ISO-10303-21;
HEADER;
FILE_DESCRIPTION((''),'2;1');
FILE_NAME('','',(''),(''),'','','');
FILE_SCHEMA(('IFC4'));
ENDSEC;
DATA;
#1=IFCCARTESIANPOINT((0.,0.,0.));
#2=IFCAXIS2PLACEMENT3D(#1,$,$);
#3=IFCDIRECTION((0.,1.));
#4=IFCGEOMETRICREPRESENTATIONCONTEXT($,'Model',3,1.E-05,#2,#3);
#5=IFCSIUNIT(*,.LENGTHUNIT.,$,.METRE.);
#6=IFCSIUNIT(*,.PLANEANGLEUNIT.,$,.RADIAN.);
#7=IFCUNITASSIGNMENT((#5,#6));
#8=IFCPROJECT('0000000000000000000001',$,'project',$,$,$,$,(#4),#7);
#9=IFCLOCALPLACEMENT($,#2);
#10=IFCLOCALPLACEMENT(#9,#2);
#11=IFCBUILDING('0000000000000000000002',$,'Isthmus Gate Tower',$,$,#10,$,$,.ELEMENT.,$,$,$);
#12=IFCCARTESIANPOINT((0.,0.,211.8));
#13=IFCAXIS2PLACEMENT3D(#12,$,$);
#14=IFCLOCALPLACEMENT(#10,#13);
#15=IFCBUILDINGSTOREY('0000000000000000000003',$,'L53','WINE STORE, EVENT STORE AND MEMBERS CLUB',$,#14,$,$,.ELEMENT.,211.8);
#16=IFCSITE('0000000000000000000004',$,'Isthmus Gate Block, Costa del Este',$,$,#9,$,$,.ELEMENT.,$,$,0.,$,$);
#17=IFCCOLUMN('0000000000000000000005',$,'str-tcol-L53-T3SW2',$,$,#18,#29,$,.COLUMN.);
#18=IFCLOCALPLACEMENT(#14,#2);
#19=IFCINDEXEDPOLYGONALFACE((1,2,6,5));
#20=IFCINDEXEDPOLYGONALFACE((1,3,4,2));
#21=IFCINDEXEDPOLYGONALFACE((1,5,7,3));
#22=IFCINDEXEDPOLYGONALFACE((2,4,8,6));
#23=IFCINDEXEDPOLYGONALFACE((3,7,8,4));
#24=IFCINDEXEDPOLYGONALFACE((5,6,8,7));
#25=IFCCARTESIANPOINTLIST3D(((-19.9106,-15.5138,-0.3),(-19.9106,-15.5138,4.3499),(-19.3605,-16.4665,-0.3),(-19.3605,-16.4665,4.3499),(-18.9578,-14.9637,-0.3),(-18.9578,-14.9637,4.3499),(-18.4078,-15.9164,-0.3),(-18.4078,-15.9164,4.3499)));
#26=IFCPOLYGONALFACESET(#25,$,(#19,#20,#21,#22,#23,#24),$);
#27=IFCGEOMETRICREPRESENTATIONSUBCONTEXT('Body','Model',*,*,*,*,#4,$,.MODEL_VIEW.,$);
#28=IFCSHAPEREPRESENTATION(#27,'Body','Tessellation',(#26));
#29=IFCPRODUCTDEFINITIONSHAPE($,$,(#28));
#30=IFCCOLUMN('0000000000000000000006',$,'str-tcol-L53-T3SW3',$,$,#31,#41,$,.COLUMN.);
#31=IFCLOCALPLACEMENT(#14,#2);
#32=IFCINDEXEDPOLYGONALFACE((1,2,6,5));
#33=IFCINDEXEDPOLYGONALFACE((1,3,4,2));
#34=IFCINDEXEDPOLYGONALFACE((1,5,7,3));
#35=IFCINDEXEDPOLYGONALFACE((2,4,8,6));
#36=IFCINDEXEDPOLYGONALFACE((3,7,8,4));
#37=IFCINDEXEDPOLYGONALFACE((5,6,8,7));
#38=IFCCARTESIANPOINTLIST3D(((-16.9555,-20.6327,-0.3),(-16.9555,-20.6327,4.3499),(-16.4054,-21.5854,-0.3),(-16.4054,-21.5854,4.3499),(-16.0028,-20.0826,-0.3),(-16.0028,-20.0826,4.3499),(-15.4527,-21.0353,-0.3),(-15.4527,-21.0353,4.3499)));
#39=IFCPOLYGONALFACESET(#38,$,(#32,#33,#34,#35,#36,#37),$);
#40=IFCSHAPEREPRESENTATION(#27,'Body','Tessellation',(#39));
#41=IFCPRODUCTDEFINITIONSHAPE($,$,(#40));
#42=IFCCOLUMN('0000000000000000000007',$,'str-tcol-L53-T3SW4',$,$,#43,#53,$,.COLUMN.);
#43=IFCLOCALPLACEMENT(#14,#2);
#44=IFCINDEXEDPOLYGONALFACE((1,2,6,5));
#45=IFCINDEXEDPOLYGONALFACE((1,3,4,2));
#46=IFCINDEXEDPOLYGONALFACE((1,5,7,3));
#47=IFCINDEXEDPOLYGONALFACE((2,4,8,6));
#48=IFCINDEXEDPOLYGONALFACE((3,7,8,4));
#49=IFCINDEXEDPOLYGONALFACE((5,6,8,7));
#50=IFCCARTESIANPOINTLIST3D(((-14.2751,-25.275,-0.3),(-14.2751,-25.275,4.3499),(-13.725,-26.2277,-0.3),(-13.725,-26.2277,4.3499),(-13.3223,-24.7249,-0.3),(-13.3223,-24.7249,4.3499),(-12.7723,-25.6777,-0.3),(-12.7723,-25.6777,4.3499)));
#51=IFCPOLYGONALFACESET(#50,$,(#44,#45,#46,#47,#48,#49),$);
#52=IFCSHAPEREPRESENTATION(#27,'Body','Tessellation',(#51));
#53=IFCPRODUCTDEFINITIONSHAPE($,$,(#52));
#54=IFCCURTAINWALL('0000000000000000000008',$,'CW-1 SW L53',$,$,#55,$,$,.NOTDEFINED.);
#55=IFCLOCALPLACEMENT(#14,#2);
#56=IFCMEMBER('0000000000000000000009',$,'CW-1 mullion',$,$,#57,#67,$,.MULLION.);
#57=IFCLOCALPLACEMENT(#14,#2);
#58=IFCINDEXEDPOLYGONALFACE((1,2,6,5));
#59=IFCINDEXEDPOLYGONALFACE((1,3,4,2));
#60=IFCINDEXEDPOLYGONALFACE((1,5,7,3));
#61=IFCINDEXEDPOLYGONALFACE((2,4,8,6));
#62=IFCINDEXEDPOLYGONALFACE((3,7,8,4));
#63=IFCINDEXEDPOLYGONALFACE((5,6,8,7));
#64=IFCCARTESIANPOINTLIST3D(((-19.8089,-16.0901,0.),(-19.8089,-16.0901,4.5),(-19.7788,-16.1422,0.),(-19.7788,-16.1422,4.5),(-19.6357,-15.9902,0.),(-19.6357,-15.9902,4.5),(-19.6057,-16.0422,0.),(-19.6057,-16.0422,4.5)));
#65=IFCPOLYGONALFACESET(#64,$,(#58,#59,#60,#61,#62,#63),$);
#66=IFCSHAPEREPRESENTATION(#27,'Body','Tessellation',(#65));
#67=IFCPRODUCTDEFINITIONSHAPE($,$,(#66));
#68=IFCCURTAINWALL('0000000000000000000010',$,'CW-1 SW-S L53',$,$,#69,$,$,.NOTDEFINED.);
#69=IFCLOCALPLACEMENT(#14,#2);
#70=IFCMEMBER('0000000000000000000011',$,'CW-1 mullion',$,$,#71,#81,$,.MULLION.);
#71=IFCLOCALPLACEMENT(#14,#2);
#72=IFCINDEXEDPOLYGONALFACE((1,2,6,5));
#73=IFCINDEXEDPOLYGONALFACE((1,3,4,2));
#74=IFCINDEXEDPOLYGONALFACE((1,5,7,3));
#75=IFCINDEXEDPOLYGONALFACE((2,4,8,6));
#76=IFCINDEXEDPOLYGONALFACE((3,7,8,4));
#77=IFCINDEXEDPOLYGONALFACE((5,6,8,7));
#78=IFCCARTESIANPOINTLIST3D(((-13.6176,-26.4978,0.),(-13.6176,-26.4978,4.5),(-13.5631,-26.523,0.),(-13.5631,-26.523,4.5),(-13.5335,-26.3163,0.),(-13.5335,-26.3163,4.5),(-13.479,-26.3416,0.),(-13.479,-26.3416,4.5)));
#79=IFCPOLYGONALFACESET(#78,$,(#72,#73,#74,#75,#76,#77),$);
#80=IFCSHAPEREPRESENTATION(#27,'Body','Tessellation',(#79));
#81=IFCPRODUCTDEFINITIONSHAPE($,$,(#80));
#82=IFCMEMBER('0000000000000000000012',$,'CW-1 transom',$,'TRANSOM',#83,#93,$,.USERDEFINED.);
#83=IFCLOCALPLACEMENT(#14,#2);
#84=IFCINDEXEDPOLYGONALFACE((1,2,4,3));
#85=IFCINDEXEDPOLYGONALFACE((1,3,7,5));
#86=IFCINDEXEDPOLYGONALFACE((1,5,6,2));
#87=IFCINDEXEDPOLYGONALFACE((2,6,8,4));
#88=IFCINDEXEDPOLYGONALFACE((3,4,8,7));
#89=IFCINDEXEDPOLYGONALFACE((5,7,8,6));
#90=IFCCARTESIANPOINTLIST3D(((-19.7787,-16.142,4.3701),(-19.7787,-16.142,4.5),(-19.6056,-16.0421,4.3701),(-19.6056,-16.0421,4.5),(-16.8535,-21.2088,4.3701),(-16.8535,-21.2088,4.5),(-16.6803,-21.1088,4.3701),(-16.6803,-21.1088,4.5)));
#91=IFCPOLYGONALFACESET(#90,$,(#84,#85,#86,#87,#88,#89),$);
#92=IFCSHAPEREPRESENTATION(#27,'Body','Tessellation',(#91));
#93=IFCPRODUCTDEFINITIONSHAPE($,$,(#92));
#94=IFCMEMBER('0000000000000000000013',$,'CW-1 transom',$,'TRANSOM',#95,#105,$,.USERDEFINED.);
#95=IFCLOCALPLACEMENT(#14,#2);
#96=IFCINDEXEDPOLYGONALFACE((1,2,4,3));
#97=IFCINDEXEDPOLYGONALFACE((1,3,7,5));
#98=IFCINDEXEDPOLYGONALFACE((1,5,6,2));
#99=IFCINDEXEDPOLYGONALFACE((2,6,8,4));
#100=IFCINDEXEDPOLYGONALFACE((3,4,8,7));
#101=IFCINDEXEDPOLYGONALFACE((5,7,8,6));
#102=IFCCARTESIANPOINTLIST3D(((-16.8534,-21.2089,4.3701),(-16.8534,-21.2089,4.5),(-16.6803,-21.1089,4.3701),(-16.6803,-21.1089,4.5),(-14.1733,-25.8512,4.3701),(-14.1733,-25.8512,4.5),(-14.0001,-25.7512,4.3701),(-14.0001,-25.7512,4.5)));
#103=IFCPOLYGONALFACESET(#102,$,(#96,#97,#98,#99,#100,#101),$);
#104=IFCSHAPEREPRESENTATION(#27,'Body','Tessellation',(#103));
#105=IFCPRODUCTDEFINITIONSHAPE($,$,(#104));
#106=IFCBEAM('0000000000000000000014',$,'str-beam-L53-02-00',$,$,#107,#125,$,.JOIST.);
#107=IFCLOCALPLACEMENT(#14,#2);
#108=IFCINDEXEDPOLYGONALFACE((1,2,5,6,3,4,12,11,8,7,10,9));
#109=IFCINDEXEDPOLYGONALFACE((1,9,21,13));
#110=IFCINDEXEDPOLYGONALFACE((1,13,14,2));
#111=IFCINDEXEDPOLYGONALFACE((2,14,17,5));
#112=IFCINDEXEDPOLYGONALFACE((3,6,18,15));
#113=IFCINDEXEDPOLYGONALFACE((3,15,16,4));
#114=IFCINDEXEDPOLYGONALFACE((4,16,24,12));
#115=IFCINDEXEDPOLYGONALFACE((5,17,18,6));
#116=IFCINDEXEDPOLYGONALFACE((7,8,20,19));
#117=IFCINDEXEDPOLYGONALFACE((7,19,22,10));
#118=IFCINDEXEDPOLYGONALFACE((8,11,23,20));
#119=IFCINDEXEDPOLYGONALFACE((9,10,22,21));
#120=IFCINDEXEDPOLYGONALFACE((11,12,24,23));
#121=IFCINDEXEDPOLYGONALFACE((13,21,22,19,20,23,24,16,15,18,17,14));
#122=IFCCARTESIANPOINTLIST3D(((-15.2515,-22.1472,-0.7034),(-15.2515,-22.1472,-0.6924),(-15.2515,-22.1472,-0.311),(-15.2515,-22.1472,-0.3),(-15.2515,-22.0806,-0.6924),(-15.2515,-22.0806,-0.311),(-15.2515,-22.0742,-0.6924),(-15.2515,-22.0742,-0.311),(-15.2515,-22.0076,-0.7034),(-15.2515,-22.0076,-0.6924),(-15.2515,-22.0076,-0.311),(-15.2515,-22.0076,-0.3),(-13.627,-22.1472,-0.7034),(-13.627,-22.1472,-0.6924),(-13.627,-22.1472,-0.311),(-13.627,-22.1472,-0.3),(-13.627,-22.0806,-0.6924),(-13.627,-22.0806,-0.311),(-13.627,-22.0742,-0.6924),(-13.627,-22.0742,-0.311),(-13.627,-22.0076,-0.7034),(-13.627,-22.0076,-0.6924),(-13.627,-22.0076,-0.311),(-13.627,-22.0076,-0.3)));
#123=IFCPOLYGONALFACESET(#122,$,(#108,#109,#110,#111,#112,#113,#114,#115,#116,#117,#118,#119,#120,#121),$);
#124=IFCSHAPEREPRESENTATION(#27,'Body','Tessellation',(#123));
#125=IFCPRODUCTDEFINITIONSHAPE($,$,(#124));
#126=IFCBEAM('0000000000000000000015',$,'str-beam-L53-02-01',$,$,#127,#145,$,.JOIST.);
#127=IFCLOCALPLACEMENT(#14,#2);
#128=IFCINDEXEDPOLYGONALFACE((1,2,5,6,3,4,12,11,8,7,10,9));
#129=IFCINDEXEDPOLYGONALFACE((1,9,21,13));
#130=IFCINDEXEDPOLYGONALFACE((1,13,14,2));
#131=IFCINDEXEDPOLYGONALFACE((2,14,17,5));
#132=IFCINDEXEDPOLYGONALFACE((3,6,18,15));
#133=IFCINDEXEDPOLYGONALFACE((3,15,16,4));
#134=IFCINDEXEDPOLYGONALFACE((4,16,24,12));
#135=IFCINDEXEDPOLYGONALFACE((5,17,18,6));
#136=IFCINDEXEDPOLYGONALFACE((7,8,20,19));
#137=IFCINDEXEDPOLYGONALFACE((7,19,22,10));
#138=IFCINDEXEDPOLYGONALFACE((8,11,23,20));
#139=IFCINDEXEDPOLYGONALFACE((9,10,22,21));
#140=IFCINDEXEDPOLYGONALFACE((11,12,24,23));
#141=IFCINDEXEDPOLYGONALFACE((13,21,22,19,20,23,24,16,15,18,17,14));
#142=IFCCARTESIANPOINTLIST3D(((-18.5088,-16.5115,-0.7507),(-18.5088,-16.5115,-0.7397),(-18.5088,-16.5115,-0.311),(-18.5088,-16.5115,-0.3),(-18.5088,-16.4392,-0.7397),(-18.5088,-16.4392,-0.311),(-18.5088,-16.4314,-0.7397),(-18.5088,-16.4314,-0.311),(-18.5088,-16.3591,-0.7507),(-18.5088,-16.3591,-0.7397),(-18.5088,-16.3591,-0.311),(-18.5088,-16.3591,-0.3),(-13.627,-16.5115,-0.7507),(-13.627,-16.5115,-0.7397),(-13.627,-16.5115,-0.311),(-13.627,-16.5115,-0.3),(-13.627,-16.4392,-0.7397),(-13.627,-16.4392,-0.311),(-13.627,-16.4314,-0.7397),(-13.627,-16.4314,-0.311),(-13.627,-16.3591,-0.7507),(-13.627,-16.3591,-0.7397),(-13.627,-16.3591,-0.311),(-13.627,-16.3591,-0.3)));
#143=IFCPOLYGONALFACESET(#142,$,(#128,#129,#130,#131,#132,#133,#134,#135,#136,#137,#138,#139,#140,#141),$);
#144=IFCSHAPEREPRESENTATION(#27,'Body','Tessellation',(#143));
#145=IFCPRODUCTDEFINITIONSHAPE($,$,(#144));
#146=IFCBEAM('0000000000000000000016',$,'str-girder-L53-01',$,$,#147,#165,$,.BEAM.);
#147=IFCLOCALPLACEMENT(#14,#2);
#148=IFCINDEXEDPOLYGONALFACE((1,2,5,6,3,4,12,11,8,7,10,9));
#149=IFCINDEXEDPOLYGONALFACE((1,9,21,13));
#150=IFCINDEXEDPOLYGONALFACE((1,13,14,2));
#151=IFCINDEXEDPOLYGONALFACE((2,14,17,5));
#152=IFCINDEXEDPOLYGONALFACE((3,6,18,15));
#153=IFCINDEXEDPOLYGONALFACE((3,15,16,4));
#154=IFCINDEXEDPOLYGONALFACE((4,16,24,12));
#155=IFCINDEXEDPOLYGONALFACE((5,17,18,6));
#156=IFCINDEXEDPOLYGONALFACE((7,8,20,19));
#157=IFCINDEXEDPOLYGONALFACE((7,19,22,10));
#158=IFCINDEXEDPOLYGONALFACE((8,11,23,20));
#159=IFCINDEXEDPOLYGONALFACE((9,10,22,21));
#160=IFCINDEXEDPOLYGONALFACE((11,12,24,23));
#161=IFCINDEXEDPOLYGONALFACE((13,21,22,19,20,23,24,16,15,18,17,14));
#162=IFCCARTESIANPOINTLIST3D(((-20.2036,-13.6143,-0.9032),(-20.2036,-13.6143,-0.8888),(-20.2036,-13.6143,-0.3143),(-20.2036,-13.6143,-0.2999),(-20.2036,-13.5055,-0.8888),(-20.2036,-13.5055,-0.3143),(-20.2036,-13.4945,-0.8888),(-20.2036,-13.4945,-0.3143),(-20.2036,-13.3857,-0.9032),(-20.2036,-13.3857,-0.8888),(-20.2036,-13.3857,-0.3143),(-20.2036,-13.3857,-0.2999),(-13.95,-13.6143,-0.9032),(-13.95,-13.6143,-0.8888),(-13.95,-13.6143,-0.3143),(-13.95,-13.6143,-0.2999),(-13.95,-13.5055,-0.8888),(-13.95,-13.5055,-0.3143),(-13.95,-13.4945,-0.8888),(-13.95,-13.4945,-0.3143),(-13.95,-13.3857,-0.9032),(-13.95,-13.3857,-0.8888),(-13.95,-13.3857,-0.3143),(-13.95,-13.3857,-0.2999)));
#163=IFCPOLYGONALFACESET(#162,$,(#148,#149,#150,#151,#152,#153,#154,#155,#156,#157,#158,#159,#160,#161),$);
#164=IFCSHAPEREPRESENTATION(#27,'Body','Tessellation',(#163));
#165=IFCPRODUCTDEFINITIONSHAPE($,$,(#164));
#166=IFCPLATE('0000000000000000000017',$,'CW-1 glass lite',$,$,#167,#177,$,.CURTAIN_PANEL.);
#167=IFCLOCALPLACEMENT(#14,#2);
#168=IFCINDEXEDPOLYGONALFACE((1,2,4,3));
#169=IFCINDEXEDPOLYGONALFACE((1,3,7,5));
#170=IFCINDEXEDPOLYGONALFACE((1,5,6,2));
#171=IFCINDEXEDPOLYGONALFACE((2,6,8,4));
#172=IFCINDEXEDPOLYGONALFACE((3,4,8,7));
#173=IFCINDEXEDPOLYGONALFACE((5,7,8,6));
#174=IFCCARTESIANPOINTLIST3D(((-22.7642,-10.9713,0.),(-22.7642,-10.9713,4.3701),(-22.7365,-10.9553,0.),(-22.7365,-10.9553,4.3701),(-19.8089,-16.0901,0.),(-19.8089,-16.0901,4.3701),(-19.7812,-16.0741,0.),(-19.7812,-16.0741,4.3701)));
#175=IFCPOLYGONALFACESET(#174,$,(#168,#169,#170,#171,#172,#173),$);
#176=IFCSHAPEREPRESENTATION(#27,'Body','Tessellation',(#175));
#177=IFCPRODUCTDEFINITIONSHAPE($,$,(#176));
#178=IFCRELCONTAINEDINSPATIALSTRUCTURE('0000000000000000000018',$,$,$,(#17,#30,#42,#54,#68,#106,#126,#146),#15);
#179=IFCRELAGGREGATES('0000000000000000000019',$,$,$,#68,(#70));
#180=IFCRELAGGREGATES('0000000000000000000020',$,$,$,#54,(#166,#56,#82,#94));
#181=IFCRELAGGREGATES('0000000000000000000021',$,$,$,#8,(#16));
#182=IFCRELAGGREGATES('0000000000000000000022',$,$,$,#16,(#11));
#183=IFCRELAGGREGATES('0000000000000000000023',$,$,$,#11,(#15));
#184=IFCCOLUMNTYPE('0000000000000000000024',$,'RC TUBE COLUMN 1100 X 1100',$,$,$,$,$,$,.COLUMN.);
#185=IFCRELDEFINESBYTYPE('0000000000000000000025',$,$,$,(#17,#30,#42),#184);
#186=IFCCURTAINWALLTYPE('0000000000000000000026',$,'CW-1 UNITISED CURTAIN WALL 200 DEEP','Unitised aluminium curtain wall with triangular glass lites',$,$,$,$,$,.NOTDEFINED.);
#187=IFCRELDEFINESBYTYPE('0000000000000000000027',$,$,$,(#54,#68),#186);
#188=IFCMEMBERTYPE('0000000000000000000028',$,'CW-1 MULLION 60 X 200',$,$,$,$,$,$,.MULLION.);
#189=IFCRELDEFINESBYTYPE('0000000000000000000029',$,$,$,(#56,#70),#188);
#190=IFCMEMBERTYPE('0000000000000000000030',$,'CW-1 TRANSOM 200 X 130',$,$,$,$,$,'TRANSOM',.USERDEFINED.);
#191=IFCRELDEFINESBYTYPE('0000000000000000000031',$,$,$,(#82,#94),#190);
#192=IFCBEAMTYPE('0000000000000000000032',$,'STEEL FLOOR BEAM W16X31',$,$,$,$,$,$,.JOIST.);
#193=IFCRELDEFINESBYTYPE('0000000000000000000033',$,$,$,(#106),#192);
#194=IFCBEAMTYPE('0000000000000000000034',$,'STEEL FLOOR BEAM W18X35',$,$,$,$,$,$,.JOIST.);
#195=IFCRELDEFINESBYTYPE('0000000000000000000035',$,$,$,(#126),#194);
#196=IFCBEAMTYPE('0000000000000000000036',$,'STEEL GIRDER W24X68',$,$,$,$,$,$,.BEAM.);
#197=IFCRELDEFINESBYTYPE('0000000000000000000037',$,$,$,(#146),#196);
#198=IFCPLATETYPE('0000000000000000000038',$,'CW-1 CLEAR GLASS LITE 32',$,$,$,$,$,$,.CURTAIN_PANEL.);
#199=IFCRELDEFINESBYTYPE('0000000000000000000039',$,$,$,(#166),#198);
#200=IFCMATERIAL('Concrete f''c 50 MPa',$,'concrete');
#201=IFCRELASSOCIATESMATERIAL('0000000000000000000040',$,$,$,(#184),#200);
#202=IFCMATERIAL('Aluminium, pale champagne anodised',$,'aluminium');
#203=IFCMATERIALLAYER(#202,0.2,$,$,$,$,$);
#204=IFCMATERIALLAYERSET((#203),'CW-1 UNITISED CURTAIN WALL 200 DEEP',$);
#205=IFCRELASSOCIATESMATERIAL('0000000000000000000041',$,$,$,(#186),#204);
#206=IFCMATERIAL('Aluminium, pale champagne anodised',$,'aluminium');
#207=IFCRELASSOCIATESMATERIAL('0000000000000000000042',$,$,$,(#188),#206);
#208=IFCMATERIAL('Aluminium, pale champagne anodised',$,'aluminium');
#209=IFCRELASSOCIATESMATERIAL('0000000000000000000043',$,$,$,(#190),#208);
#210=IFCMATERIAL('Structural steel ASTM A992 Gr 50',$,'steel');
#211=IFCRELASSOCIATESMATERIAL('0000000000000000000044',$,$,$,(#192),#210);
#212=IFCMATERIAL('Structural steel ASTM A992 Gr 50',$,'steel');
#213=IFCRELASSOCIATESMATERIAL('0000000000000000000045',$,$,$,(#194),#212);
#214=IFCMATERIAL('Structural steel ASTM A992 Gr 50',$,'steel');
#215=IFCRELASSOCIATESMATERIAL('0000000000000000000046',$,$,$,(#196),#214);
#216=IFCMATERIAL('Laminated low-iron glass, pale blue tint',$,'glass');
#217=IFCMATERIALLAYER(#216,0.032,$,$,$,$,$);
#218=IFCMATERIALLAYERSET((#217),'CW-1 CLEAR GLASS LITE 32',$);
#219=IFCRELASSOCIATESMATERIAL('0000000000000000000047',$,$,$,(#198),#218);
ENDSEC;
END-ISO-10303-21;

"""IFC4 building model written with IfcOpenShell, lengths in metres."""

from ifc_helpers import new_model, si_unit, direction, frame, origin, origin_2d, place, context, subcontext, project, spatial, rectangle, i_section, extrude, material, layer, layer_set, material_profile, profile_set, type_object, element, aggregate, save


model = new_model("IFC4")

# Units and contexts
model_context = context("Model", 3, precision=1e-05, world=origin(), true_north=direction((0.0, 1.0)))
body_context = subcontext(model_context, "Body", "Model", "MODEL_VIEW")
ifc_project = project(units=[si_unit("LENGTHUNIT", "METRE"), si_unit("PLANEANGLEUNIT", "RADIAN")], contexts=[model_context])

# Site, building, storey
site_placement = place(None, origin())
site = spatial("IfcSite", under=ifc_project, at=site_placement, Name="Isthmus Gate Block, Costa del Este", CompositionType="ELEMENT", RefElevation=0.0)
building_placement = place(site_placement, origin())
building = spatial("IfcBuilding", under=site, at=building_placement, Name="Isthmus Gate Tower", CompositionType="ELEMENT")
storey_placement = place(building_placement, frame((0.0, 0.0, 211.8)))
storey = spatial("IfcBuildingStorey", under=building, at=storey_placement, Name="L53", Description="WINE STORE, EVENT STORE AND MEMBERS CLUB", CompositionType="ELEMENT", Elevation=211.8)

# Columns
ifc_material_1 = material(Name="Concrete f'c 50 MPa", Category="concrete")
ifc_material_profile_1 = material_profile(ifc_material_1, rectangle(XDim=1.1001, YDim=1.1001, at=origin_2d()), Name="RC 1100X1100")
ifc_profile_set_1 = profile_set([ifc_material_profile_1], Name="Concrete f'c 50 MPa")
column_type = type_object("IfcColumnType", Name="RC TUBE COLUMN 1100 X 1100", PredefinedType="COLUMN", material=ifc_profile_set_1)
for number, where, z_axis, x_axis, name in (
    (1, (-19.1592, -15.7151, -0.3), (0.0, 0.0, 1.0), (0.5, -0.866025, 0.0), "str-tcol-L53-T3SW2"),
    (2, (-16.2041, -20.834, -0.3), (0.0, 0.0, 1.0), (0.5, -0.866025, 0.0), "str-tcol-L53-T3SW3"),
    (3, (-13.5237, -25.4763, -0.3), (0.0, 0.0, 1.0), (0.5, -0.866025, 0.0), "str-tcol-L53-T3SW4"),
):
    element("IfcColumn", number, at=place(storey_placement, frame(where, z_axis=z_axis, x_axis=x_axis)), inside=storey, type_object=column_type, Name=name, PredefinedType="COLUMN", context=body_context, shape_type="SweptSolid", body=[
        extrude(rectangle(XDim=1.1001, YDim=1.1001, at=origin_2d()), origin(), (0.0, 0.0, 1.0), 4.6499),
    ])

# Curtain walls, members
ifc_material_2 = material(Name="Aluminium, pale champagne anodised", Category="aluminium")
ifc_layer_1 = layer(ifc_material_2, 0.2)
ifc_layer_set_1 = layer_set([ifc_layer_1], Name="CW-1 UNITISED CURTAIN WALL 200 DEEP")
curtain_wall_type = type_object("IfcCurtainWallType", Name="CW-1 UNITISED CURTAIN WALL 200 DEEP", Description="Unitised aluminium curtain wall with triangular glass lites", PredefinedType="NOTDEFINED", material=ifc_layer_set_1)
curtain_wall_1_placement = place(storey_placement, origin())
curtain_wall_1 = element("IfcCurtainWall", 4, at=curtain_wall_1_placement, inside=storey, type_object=curtain_wall_type, Name="CW-1 SW L53", PredefinedType="NOTDEFINED")
ifc_material_3 = material(Name="Aluminium, pale champagne anodised", Category="aluminium")
ifc_material_profile_2 = material_profile(ifc_material_3, rectangle(XDim=0.0601, YDim=0.2, at=origin_2d()), Name="60x200")
ifc_profile_set_2 = profile_set([ifc_material_profile_2], Name="Aluminium, pale champagne anodised")
member_type_1 = type_object("IfcMemberType", Name="CW-1 MULLION 60 X 200", PredefinedType="MULLION", material=ifc_profile_set_2)
member_1_placement = place(storey_placement, frame((-19.7073, -16.0662, 0.0), z_axis=(0.0, 0.0, 1.0), x_axis=(0.5, -0.866025, 0.0)))
member_1 = element("IfcMember", 5, at=member_1_placement, type_object=member_type_1, Name="CW-1 mullion", PredefinedType="MULLION", context=body_context, shape_type="SweptSolid", body=[
    extrude(rectangle(XDim=0.0601, YDim=0.2, at=origin_2d()), origin(), (0.0, 0.0, 1.0), 4.5),
])
curtain_wall_2_placement = place(storey_placement, origin())
curtain_wall_2 = element("IfcCurtainWall", 6, at=curtain_wall_2_placement, inside=storey, type_object=curtain_wall_type, Name="CW-1 SW-S L53", PredefinedType="NOTDEFINED")
member_2_placement = place(storey_placement, frame((-13.5483, -26.4197, 0.0), z_axis=(0.0, 0.0, 1.0), x_axis=(0.907256, -0.420578, 0.0)))
member_2 = element("IfcMember", 7, at=member_2_placement, type_object=member_type_1, Name="CW-1 mullion", PredefinedType="MULLION", context=body_context, shape_type="SweptSolid", body=[
    extrude(rectangle(XDim=0.0601, YDim=0.2, at=origin_2d()), origin(), (0.0, 0.0, 1.0), 4.5),
])
aggregate(curtain_wall_2, [member_2])

# Members
ifc_material_4 = material(Name="Aluminium, pale champagne anodised", Category="aluminium")
ifc_material_profile_3 = material_profile(ifc_material_4, rectangle(XDim=0.2, YDim=0.1299, at=origin_2d()), Name="200x130")
ifc_profile_set_3 = profile_set([ifc_material_profile_3], Name="Aluminium, pale champagne anodised")
member_type_2 = type_object("IfcMemberType", Name="CW-1 TRANSOM 200 X 130", ElementType="TRANSOM", PredefinedType="USERDEFINED", material=ifc_profile_set_3)
member_3_placement = place(storey_placement, frame((-19.6921, -16.092, 4.4351), z_axis=(0.49999, -0.866031, 0.0), x_axis=(0.866031, 0.49999, 0.0)))
member_3 = element("IfcMember", 8, at=member_3_placement, type_object=member_type_2, Name="CW-1 transom", ObjectType="TRANSOM", PredefinedType="USERDEFINED", context=body_context, shape_type="SweptSolid", body=[
    extrude(rectangle(XDim=0.2, YDim=0.1299, at=origin_2d()), origin(), (0.0, 0.0, 1.0), 5.8506),
])
member_4_placement = place(storey_placement, frame((-16.7668, -21.1589, 4.4351), z_axis=(0.499989, -0.866032, 0.0), x_axis=(0.866032, 0.499989, 0.0)))
member_4 = element("IfcMember", 9, at=member_4_placement, type_object=member_type_2, Name="CW-1 transom", ObjectType="TRANSOM", PredefinedType="USERDEFINED", context=body_context, shape_type="SweptSolid", body=[
    extrude(rectangle(XDim=0.2, YDim=0.1299, at=origin_2d()), origin(), (0.0, 0.0, 1.0), 5.3604),
])

# Beams
ifc_material_5 = material(Name="Structural steel ASTM A992 Gr 50", Category="steel")
ifc_material_profile_4 = material_profile(ifc_material_5, i_section(OverallWidth=0.1396, OverallDepth=0.4033, WebThickness=0.0063, FlangeThickness=0.011, at=origin_2d()), Name="W16X31")
ifc_profile_set_4 = profile_set([ifc_material_profile_4], Name="Structural steel ASTM A992 Gr 50")
beam_type_1 = type_object("IfcBeamType", Name="STEEL FLOOR BEAM W16X31", PredefinedType="JOIST", material=ifc_profile_set_4)
beam_1_placement = place(storey_placement, frame((-15.2515, -22.0774, -0.5017), z_axis=(1.0, 0.0, 0.0), x_axis=(0.0, 1.0, 0.0)))
element("IfcBeam", 10, at=beam_1_placement, inside=storey, type_object=beam_type_1, Name="str-beam-L53-02-00", PredefinedType="JOIST", context=body_context, shape_type="SweptSolid", body=[
    extrude(i_section(OverallWidth=0.1396, OverallDepth=0.4033, WebThickness=0.0063, FlangeThickness=0.011, at=origin_2d()), origin(), (0.0, 0.0, 1.0), 1.6245),
])
ifc_material_6 = material(Name="Structural steel ASTM A992 Gr 50", Category="steel")
ifc_material_profile_5 = material_profile(ifc_material_6, i_section(OverallWidth=0.1523, OverallDepth=0.4507, WebThickness=0.0078, FlangeThickness=0.011, at=origin_2d()), Name="W18X35")
ifc_profile_set_5 = profile_set([ifc_material_profile_5], Name="Structural steel ASTM A992 Gr 50")
beam_type_2 = type_object("IfcBeamType", Name="STEEL FLOOR BEAM W18X35", PredefinedType="JOIST", material=ifc_profile_set_5)
beam_2_placement = place(storey_placement, frame((-18.5088, -16.4353, -0.5254), z_axis=(1.0, 0.0, 0.0), x_axis=(0.0, 1.0, 0.0)))
element("IfcBeam", 11, at=beam_2_placement, inside=storey, type_object=beam_type_2, Name="str-beam-L53-02-01", PredefinedType="JOIST", context=body_context, shape_type="SweptSolid", body=[
    extrude(i_section(OverallWidth=0.1523, OverallDepth=0.4507, WebThickness=0.0078, FlangeThickness=0.011, at=origin_2d()), origin(), (0.0, 0.0, 1.0), 4.8818),
])
ifc_material_7 = material(Name="Structural steel ASTM A992 Gr 50", Category="steel")
ifc_material_profile_6 = material_profile(ifc_material_7, i_section(OverallWidth=0.2285, OverallDepth=0.6033, WebThickness=0.011, FlangeThickness=0.0144, at=origin_2d()), Name="W24X68")
ifc_profile_set_6 = profile_set([ifc_material_profile_6], Name="Structural steel ASTM A992 Gr 50")
beam_type_3 = type_object("IfcBeamType", Name="STEEL GIRDER W24X68", PredefinedType="BEAM", material=ifc_profile_set_6)
beam_3_placement = place(storey_placement, frame((-20.2036, -13.5, -0.6016), z_axis=(1.0, 0.0, 0.0), x_axis=(0.0, 1.0, 0.0)))
element("IfcBeam", 12, at=beam_3_placement, inside=storey, type_object=beam_type_3, Name="str-girder-L53-01", PredefinedType="BEAM", context=body_context, shape_type="SweptSolid", body=[
    extrude(i_section(OverallWidth=0.2285, OverallDepth=0.6033, WebThickness=0.011, FlangeThickness=0.0144, at=origin_2d()), origin(), (0.0, 0.0, 1.0), 6.2537),
])

# Plate
ifc_material_8 = material(Name="Laminated low-iron glass, pale blue tint", Category="glass")
ifc_layer_2 = layer(ifc_material_8, 0.032)
ifc_layer_set_2 = layer_set([ifc_layer_2], Name="CW-1 CLEAR GLASS LITE 32")
plate_type = type_object("IfcPlateType", Name="CW-1 CLEAR GLASS LITE 32", PredefinedType="CURTAIN_PANEL", material=ifc_layer_set_2)
plate_1_placement = place(storey_placement, frame((-21.2727, -13.5227, 0.0), z_axis=(0.0, 0.0, 1.0), x_axis=(0.5, -0.866025, 0.0)))
plate_1 = element("IfcPlate", 13, at=plate_1_placement, type_object=plate_type, Name="CW-1 glass lite", PredefinedType="CURTAIN_PANEL", context=body_context, shape_type="SweptSolid", body=[
    extrude(rectangle(XDim=5.9106, YDim=0.032, at=origin_2d()), origin(), (0.0, 0.0, 1.0), 4.3701),
])
aggregate(curtain_wall_1, [plate_1, member_1, member_3, member_4])

save(model, "model.ifc")
